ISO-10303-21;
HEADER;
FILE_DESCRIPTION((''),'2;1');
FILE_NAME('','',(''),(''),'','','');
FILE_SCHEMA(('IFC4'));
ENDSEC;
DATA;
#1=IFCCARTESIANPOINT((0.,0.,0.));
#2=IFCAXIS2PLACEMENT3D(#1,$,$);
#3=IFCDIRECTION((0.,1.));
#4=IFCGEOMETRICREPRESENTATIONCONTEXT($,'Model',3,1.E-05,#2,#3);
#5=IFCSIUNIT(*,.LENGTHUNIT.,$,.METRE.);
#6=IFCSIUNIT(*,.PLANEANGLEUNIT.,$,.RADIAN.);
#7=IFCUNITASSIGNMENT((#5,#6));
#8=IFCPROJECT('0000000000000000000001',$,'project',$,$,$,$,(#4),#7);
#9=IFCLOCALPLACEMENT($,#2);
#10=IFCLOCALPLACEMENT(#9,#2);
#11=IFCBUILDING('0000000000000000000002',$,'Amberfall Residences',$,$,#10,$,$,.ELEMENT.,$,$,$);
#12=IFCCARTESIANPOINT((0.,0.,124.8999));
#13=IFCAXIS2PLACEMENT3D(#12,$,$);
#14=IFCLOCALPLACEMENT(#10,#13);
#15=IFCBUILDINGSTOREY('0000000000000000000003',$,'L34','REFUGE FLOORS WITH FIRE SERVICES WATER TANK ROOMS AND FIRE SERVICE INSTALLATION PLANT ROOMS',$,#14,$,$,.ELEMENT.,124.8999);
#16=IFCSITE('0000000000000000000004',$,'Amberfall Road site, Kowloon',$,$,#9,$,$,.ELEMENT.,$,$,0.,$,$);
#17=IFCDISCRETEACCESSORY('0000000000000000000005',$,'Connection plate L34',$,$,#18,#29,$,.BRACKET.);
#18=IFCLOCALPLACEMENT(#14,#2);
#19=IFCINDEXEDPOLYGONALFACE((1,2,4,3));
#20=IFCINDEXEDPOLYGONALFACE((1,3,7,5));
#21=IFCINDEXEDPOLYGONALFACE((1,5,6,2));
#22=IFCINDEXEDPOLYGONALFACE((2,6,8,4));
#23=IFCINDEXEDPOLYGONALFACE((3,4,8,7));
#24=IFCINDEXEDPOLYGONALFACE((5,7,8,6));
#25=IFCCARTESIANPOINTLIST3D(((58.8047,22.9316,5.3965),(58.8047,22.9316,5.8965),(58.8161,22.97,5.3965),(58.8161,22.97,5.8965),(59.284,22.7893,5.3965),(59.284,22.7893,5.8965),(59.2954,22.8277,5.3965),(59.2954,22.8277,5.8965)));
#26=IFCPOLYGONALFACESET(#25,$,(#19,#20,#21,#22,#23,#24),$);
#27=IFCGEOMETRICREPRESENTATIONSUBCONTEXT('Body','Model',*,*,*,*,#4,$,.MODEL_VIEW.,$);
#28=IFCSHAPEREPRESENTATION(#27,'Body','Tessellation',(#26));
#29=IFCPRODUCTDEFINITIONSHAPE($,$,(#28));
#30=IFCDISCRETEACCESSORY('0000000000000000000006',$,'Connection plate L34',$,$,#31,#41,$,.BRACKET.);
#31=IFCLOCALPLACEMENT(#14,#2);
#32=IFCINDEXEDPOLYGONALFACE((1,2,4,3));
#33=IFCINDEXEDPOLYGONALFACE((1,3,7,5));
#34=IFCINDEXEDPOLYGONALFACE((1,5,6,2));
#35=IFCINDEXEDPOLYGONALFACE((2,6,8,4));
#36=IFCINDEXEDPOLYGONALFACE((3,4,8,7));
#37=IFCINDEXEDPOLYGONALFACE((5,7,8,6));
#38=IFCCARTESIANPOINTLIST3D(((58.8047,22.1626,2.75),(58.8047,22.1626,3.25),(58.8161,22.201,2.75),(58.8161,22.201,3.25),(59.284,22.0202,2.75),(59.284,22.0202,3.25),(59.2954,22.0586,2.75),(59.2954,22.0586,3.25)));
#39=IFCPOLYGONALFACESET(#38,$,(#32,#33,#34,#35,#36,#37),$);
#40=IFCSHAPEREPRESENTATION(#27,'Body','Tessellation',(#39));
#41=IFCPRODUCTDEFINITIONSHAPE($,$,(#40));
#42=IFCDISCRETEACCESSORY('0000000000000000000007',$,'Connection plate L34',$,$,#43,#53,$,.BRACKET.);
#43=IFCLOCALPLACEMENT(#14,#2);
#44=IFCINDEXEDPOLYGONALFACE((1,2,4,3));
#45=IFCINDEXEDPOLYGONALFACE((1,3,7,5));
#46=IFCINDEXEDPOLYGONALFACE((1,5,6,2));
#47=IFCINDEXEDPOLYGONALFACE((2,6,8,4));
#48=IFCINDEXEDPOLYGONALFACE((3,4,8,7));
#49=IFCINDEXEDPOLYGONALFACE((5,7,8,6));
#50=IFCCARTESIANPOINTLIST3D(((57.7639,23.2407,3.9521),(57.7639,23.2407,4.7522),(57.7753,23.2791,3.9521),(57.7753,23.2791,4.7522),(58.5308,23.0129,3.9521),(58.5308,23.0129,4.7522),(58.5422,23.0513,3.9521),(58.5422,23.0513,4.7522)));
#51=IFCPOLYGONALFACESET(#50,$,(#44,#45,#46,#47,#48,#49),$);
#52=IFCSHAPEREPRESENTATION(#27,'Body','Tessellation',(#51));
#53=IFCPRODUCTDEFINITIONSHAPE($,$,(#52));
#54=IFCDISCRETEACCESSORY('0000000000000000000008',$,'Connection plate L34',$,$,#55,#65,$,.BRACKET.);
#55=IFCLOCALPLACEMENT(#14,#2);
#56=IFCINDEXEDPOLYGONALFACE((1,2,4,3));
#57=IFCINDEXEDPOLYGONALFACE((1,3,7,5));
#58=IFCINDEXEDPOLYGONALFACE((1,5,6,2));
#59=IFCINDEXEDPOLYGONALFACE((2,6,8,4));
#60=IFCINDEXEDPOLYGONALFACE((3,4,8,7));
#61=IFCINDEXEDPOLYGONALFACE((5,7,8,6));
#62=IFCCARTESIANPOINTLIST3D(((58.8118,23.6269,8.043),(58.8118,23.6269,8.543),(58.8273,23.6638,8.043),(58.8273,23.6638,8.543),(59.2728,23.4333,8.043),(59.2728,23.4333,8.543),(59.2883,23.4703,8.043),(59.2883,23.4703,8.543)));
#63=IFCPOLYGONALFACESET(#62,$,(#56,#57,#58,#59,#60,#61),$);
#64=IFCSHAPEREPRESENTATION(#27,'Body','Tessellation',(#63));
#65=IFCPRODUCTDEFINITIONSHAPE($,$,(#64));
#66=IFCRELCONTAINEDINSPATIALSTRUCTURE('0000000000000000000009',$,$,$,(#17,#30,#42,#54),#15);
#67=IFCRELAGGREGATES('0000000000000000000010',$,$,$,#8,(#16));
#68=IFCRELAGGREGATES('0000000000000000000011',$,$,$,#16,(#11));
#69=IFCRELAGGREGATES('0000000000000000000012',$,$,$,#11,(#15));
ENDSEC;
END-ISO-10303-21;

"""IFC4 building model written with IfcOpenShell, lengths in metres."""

from ifc_helpers import new_model, si_unit, direction, frame, origin, origin_2d, place, context, subcontext, project, spatial, rectangle, extrude, element, save


model = new_model("IFC4")

# Units and contexts
model_context = context("Model", 3, precision=1e-05, world=origin(), true_north=direction((0.0, 1.0)))
body_context = subcontext(model_context, "Body", "Model", "MODEL_VIEW")
ifc_project = project(units=[si_unit("LENGTHUNIT", "METRE"), si_unit("PLANEANGLEUNIT", "RADIAN")], contexts=[model_context])

# Site, building, storey
site_placement = place(None, origin())
site = spatial("IfcSite", under=ifc_project, at=site_placement, Name="Amberfall Road site, Kowloon", CompositionType="ELEMENT", RefElevation=0.0)
building_placement = place(site_placement, origin())
building = spatial("IfcBuilding", under=site, at=building_placement, Name="Amberfall Residences", CompositionType="ELEMENT")
storey_placement = place(building_placement, frame((0.0, 0.0, 124.8999)))
storey = spatial("IfcBuildingStorey", under=building, at=storey_placement, Name="L34", Description="REFUGE FLOORS WITH FIRE SERVICES WATER TANK ROOMS AND FIRE SERVICE INSTALLATION PLANT ROOMS", CompositionType="ELEMENT", Elevation=124.8999)

# Discrete accessories
for number, where, z_axis, x_axis, name in (
    (1, (59.05, 22.8796, 5.3965), (0.0, 0.0, 1.0), (0.958621, -0.284685, 0.0), "Connection plate L34"),
    (2, (59.05, 22.1106, 2.75), (0.0, 0.0, 1.0), (0.958621, -0.284685, 0.0), "Connection plate L34"),
):
    element("IfcDiscreteAccessory", number, at=place(storey_placement, frame(where, z_axis=z_axis, x_axis=x_axis)), inside=storey, Name=name, PredefinedType="BRACKET", context=body_context, shape_type="SweptSolid", body=[
        extrude(rectangle(XDim=0.5, YDim=0.04, at=origin_2d()), origin(), (0.0, 0.0, 1.0), 0.5),
    ])
discrete_accessory_1_placement = place(storey_placement, frame((58.1531, 23.146, 3.9521), z_axis=(0.0, 0.0, 1.0), x_axis=(0.958621, -0.284685, 0.0)))
element("IfcDiscreteAccessory", 3, at=discrete_accessory_1_placement, inside=storey, Name="Connection plate L34", PredefinedType="BRACKET", context=body_context, shape_type="SweptSolid", body=[
    extrude(rectangle(XDim=0.8, YDim=0.04, at=origin_2d()), origin(), (0.0, 0.0, 1.0), 0.8),
])
discrete_accessory_2_placement = place(storey_placement, frame((59.05, 23.5486, 8.043), z_axis=(0.0, 0.0, 1.0), x_axis=(0.922019, -0.387145, 0.0)))
element("IfcDiscreteAccessory", 4, at=discrete_accessory_2_placement, inside=storey, Name="Connection plate L34", PredefinedType="BRACKET", context=body_context, shape_type="SweptSolid", body=[
    extrude(rectangle(XDim=0.5, YDim=0.04, at=origin_2d()), origin(), (0.0, 0.0, 1.0), 0.5),
])

save(model, "model.ifc")
